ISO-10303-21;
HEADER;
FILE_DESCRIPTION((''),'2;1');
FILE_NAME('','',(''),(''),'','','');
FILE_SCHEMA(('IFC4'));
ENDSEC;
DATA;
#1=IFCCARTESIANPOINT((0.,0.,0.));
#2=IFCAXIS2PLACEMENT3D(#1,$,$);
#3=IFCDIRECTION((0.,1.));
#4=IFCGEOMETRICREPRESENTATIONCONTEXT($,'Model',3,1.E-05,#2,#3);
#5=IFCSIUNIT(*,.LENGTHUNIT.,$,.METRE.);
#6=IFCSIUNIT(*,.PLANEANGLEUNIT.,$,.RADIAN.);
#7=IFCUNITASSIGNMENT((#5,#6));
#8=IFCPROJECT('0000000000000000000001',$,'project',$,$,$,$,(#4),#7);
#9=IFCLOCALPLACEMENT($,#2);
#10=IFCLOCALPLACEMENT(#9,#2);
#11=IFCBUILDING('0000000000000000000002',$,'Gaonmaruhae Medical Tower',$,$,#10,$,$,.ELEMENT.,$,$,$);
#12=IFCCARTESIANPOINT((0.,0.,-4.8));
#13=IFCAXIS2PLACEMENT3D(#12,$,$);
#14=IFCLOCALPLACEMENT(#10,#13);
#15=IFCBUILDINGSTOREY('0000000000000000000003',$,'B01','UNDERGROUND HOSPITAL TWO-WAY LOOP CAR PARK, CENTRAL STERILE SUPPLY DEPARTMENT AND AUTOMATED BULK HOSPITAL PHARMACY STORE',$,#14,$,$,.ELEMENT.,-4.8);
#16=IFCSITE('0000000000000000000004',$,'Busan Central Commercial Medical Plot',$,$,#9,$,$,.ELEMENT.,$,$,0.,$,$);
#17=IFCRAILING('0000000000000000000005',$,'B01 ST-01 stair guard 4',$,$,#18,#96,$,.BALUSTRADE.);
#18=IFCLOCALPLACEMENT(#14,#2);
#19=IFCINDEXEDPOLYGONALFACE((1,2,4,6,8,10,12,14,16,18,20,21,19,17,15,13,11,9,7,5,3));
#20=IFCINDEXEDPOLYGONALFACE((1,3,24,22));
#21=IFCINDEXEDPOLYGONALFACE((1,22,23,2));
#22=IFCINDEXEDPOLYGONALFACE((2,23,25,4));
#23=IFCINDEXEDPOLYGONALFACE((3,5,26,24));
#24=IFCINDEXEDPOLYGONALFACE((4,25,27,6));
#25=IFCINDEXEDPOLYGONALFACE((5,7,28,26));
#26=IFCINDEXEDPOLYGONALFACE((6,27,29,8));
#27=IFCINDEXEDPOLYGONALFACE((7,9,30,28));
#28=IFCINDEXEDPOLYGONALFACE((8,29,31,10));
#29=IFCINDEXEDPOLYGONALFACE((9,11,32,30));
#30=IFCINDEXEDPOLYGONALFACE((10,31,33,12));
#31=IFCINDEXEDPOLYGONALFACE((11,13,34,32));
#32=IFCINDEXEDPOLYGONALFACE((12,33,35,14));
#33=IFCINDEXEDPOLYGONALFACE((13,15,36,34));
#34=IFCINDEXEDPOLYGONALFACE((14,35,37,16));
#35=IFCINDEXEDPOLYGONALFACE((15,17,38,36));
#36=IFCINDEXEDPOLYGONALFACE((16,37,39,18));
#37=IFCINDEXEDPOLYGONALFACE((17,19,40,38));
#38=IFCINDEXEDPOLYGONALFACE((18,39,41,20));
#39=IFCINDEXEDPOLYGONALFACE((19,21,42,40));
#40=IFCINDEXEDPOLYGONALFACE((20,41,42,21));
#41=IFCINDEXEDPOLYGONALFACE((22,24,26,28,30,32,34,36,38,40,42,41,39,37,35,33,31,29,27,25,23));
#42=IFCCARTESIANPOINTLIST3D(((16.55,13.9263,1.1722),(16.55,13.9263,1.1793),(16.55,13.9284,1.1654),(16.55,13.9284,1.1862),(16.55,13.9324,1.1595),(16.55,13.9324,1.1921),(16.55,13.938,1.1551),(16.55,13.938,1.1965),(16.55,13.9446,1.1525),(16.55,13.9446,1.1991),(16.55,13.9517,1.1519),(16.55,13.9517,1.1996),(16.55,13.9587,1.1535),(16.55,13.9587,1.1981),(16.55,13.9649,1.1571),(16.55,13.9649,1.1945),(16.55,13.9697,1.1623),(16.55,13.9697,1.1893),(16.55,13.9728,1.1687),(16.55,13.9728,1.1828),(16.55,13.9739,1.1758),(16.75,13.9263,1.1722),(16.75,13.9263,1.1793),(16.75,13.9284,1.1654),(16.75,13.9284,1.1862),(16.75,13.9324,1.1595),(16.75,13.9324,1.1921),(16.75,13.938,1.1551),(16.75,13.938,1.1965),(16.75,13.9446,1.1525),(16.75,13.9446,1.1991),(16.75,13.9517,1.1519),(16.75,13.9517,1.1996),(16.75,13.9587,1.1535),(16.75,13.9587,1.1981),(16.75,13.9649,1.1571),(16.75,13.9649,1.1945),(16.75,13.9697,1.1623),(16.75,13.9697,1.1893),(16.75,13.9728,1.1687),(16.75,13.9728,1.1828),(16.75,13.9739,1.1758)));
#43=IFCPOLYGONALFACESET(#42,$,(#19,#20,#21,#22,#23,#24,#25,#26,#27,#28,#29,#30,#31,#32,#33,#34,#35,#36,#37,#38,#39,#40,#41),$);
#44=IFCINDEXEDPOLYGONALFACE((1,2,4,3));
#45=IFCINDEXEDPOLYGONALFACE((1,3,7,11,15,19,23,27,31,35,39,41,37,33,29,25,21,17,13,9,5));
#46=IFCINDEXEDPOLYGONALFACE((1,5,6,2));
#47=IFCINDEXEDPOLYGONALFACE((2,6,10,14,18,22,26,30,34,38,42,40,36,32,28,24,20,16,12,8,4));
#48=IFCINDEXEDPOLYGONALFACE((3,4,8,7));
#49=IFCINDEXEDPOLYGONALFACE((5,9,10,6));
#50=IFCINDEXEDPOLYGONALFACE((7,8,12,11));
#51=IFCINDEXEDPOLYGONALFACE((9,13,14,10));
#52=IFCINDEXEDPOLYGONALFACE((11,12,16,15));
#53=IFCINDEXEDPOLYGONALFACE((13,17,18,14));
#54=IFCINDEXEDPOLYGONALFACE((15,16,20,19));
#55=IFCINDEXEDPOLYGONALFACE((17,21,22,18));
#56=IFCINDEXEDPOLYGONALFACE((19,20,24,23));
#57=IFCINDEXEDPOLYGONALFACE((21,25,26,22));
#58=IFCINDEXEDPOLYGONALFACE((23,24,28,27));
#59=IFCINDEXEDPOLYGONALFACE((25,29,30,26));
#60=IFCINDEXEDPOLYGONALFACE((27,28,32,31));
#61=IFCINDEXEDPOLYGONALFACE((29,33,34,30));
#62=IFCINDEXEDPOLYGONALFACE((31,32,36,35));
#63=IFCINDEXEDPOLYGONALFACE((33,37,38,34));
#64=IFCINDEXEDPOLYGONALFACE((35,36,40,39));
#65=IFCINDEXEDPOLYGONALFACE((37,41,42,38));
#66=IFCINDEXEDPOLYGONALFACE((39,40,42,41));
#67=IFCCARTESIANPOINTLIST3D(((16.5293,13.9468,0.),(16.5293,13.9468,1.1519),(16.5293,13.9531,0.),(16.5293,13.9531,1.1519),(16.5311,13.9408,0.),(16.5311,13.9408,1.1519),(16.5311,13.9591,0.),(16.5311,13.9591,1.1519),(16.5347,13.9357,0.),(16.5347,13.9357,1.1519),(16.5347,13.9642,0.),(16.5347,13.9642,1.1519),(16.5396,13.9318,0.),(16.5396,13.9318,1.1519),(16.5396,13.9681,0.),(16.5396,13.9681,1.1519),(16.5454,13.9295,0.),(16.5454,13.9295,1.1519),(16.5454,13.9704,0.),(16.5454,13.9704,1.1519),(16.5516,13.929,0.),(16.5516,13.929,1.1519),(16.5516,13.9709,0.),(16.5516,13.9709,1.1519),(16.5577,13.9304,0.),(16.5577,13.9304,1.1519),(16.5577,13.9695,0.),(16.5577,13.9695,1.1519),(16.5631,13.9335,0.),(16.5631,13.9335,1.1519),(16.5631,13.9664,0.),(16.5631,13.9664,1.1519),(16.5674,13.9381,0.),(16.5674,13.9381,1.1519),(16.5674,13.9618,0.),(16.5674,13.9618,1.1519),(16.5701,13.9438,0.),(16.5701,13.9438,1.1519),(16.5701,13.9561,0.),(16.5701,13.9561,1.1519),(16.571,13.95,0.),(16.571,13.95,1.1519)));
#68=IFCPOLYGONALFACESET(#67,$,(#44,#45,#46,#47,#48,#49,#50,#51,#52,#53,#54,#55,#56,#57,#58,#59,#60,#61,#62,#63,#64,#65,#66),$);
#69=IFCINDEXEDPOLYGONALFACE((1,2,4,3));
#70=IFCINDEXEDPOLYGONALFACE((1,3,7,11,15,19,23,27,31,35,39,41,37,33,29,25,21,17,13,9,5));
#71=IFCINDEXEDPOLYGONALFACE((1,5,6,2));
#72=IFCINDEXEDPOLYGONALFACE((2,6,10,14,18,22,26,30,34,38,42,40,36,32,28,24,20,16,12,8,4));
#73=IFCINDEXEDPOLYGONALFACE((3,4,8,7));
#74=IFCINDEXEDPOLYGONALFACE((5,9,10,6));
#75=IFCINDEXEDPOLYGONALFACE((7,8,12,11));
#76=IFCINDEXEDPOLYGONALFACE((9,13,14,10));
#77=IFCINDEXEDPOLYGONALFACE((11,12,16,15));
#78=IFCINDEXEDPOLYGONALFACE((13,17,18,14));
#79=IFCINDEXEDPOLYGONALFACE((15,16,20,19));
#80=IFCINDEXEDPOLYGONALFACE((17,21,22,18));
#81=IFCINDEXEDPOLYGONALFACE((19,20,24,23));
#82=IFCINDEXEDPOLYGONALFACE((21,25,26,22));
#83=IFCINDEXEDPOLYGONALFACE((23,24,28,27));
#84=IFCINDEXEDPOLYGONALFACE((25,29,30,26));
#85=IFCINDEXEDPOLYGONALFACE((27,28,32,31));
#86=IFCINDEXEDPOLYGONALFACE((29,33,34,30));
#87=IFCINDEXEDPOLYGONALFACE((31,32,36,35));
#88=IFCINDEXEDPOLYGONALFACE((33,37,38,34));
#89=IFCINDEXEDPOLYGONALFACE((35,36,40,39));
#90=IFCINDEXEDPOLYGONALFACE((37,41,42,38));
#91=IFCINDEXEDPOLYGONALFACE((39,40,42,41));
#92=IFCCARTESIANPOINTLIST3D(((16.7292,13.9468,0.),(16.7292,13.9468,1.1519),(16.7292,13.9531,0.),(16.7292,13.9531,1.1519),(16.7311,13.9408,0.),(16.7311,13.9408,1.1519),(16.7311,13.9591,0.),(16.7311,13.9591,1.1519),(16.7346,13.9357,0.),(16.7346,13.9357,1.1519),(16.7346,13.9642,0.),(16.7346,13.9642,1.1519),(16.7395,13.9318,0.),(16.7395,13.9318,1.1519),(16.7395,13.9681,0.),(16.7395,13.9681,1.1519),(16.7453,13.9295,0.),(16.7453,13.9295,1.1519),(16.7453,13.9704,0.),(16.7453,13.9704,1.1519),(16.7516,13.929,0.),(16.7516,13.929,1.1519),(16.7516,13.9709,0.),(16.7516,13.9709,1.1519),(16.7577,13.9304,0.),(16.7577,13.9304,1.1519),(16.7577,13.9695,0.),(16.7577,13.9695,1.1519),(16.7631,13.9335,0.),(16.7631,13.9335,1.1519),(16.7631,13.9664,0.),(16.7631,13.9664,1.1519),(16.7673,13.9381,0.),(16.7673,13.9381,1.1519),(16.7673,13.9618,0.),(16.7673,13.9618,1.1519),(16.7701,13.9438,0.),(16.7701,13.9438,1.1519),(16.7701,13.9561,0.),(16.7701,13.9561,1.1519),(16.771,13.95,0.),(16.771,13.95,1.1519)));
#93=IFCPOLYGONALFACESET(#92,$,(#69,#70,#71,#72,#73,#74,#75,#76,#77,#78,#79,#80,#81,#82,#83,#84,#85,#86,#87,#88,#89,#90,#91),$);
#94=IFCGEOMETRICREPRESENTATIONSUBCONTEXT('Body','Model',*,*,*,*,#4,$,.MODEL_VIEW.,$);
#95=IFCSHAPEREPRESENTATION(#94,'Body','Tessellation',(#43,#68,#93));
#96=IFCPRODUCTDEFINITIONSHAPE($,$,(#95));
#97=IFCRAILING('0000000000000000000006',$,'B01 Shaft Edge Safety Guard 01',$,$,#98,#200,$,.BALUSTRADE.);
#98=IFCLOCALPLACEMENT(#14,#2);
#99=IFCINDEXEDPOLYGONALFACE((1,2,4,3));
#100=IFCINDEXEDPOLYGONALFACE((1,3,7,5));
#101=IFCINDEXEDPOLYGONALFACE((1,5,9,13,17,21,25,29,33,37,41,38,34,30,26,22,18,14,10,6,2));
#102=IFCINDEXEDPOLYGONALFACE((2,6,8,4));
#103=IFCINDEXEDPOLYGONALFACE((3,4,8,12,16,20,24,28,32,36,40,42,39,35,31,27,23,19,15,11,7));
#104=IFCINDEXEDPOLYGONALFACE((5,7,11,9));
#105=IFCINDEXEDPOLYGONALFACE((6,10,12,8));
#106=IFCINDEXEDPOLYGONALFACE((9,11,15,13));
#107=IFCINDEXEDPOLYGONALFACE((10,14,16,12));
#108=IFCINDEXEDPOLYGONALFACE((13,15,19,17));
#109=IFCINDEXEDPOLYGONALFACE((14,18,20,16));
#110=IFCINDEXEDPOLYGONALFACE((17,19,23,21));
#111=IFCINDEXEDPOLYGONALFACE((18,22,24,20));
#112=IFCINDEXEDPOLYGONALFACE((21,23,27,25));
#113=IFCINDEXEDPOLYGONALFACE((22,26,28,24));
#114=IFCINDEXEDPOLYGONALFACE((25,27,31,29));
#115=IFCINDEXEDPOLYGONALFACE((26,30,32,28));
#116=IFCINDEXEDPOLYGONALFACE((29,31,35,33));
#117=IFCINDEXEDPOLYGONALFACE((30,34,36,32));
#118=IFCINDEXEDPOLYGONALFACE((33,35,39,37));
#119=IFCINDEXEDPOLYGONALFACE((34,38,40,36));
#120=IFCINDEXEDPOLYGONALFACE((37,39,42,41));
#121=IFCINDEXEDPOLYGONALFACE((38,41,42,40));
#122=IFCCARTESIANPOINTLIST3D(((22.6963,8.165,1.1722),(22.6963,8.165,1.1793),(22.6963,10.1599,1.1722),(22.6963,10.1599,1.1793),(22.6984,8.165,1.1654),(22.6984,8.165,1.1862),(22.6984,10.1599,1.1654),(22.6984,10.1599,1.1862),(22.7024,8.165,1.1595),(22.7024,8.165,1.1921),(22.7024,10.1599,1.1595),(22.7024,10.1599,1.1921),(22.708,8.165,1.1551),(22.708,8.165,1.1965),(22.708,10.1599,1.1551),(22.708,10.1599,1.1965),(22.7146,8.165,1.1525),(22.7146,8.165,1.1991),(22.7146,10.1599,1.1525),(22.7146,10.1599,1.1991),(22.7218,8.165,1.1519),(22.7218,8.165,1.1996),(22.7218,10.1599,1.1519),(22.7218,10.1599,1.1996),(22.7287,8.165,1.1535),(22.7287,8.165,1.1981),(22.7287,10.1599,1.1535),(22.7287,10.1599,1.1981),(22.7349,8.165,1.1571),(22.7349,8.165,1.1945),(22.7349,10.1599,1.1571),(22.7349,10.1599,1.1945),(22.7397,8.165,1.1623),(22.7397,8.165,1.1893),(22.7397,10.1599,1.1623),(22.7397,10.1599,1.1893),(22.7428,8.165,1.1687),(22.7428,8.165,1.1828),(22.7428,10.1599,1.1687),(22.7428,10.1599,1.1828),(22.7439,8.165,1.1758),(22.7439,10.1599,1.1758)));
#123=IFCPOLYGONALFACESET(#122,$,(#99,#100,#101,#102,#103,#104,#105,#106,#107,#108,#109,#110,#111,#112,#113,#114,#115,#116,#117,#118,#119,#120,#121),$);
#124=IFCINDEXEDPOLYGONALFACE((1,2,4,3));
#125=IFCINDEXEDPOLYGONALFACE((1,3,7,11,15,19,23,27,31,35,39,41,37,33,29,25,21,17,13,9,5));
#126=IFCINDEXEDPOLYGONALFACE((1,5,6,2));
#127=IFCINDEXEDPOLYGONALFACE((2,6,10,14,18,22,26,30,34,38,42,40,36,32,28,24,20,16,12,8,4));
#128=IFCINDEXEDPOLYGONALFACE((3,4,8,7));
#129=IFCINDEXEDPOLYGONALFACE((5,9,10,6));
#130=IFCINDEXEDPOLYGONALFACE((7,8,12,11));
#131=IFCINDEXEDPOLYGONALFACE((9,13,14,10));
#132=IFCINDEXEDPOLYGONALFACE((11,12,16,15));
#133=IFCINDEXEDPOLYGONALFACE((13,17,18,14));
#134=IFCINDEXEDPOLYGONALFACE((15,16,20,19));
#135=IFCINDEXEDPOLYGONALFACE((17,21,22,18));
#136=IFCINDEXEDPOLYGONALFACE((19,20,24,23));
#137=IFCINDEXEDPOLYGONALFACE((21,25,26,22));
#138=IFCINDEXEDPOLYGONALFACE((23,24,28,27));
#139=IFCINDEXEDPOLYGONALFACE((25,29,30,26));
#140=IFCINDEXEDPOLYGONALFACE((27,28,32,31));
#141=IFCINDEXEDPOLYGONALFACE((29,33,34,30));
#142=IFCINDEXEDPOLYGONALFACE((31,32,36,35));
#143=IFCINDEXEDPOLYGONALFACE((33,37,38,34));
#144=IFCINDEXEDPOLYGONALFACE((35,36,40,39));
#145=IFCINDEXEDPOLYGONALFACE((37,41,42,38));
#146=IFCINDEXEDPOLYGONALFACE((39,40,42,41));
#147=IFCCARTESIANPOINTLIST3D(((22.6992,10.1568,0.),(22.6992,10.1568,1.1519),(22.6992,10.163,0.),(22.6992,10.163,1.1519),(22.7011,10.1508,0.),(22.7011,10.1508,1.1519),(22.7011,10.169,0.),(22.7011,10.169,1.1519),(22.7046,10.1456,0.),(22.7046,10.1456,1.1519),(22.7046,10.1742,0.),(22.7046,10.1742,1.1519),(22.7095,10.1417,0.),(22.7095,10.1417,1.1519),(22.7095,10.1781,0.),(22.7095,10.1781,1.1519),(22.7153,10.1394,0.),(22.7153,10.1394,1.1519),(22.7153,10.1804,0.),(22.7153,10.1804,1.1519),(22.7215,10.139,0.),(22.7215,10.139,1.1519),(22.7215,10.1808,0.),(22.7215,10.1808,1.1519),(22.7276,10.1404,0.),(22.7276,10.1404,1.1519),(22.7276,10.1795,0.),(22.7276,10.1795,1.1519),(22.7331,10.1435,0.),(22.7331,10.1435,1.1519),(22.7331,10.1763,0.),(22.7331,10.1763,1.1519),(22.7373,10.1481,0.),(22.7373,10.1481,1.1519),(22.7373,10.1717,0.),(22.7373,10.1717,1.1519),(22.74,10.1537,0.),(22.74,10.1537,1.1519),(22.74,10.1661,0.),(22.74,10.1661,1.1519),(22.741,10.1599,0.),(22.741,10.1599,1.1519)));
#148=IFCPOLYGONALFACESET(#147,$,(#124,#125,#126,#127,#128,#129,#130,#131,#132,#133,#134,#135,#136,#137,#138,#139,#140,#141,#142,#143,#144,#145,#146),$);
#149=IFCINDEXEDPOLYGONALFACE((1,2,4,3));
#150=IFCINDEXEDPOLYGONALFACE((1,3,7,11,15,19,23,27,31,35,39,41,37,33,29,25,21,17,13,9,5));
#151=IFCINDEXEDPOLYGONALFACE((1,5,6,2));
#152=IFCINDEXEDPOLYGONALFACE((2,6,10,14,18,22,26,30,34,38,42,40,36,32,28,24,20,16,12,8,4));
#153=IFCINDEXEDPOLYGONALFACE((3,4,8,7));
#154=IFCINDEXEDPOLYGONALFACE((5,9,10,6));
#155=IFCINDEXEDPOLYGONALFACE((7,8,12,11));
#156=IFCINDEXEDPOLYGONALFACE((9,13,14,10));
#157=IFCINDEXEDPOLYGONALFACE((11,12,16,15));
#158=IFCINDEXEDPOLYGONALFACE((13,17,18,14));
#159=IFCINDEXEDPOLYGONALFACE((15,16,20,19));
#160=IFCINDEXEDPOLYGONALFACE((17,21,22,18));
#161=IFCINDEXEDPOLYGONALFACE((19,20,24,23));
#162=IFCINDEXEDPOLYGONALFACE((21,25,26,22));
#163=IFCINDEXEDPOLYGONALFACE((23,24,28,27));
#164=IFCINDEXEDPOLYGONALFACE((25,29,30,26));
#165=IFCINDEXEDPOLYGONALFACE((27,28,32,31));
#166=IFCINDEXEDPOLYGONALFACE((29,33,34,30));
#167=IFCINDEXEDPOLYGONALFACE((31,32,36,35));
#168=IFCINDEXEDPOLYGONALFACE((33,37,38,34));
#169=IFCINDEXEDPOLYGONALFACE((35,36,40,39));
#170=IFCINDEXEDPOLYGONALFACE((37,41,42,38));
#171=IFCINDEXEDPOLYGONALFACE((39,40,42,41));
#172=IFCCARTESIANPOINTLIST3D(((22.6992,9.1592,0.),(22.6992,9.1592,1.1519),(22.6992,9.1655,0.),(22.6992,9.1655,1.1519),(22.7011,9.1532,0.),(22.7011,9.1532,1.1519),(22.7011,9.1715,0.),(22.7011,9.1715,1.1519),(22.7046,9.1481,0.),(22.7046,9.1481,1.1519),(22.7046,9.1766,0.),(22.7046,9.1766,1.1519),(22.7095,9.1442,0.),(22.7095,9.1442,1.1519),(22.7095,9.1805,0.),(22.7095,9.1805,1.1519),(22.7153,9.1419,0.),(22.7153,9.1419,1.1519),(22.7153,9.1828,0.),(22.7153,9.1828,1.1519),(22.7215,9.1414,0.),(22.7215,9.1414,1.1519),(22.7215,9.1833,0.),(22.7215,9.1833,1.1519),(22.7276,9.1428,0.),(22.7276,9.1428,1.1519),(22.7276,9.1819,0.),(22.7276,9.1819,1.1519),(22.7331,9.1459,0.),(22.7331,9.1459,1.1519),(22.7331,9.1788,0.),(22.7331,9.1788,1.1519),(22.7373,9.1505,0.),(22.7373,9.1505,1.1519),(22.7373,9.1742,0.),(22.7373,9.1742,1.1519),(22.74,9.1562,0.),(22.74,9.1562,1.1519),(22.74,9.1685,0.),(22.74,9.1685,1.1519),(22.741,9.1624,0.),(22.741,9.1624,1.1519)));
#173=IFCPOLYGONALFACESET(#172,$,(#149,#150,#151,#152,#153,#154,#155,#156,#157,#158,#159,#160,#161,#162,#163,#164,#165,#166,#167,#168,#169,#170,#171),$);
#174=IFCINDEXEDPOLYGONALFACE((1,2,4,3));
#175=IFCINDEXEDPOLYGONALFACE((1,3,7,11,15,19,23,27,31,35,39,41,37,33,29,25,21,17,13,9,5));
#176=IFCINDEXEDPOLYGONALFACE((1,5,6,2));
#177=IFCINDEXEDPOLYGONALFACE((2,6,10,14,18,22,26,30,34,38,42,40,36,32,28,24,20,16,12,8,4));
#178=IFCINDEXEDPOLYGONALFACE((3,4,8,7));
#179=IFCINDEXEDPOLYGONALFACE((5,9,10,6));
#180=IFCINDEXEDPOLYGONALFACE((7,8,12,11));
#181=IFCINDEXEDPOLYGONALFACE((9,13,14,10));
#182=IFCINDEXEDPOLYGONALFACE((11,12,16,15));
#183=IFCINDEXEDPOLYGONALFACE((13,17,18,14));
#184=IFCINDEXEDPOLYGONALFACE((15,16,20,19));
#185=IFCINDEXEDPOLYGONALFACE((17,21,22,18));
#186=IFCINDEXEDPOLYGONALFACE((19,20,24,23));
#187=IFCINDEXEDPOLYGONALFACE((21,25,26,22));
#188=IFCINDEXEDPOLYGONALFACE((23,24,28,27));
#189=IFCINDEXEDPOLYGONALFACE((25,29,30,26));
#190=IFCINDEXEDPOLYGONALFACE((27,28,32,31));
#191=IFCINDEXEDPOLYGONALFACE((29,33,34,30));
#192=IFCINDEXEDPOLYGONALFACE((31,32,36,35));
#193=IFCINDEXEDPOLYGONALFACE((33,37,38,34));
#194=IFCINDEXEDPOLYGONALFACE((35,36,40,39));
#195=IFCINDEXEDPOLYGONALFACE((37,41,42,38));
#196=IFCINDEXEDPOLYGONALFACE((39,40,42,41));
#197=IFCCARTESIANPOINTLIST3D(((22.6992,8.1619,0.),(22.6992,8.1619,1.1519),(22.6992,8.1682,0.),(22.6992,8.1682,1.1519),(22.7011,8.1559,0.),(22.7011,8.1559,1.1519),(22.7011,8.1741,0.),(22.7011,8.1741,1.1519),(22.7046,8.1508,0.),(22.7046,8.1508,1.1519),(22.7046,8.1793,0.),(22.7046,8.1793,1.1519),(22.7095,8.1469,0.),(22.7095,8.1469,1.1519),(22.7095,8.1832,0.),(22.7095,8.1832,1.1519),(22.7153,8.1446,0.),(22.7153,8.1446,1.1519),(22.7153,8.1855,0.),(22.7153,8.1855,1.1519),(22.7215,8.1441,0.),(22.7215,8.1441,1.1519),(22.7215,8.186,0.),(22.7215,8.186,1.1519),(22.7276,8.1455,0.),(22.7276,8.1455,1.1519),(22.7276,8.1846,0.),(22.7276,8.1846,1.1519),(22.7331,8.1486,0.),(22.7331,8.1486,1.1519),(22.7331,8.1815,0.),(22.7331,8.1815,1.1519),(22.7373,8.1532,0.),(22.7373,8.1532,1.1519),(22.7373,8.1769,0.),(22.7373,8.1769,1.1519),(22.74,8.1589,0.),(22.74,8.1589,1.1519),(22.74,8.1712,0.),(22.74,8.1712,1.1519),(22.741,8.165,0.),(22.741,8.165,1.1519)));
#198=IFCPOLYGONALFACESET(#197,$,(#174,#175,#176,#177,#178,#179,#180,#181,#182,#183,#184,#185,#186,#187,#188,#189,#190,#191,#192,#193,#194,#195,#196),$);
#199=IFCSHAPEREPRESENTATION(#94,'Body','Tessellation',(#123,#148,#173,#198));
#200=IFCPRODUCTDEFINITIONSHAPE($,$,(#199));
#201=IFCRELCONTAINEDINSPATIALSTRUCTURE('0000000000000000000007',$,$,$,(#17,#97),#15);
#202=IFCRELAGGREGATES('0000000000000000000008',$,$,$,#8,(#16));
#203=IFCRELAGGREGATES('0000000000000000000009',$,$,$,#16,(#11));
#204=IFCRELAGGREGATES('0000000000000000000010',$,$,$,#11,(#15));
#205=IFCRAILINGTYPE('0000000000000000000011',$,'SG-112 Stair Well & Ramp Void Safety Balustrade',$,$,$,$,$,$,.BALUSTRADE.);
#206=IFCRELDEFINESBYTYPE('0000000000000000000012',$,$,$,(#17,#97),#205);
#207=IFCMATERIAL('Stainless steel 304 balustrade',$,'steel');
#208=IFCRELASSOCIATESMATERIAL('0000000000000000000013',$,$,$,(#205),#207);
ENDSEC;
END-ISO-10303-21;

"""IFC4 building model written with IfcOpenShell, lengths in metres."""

from ifc_helpers import new_model, si_unit, direction, frame, origin, origin_2d, place, context, subcontext, project, spatial, circle, extrude, material, type_object, element, save


model = new_model("IFC4")

# Units and contexts
model_context = context("Model", 3, precision=1e-05, world=origin(), true_north=direction((0.0, 1.0)))
body_context = subcontext(model_context, "Body", "Model", "MODEL_VIEW")
ifc_project = project(units=[si_unit("LENGTHUNIT", "METRE"), si_unit("PLANEANGLEUNIT", "RADIAN")], contexts=[model_context])

# Site, building, storey
site_placement = place(None, origin())
site = spatial("IfcSite", under=ifc_project, at=site_placement, Name="Busan Central Commercial Medical Plot", CompositionType="ELEMENT", RefElevation=0.0)
building_placement = place(site_placement, origin())
building = spatial("IfcBuilding", under=site, at=building_placement, Name="Gaonmaruhae Medical Tower", CompositionType="ELEMENT")
storey_placement = place(building_placement, frame((0.0, 0.0, -4.8)))
storey = spatial("IfcBuildingStorey", under=building, at=storey_placement, Name="B01", Description="UNDERGROUND HOSPITAL TWO-WAY LOOP CAR PARK, CENTRAL STERILE SUPPLY DEPARTMENT AND AUTOMATED BULK HOSPITAL PHARMACY STORE", CompositionType="ELEMENT", Elevation=-4.8)

# Railings
ifc_material_1 = material(Name="Stainless steel 304 balustrade", Category="steel")
railing_type_1 = type_object("IfcRailingType", Name="SG-112 Stair Well & Ramp Void Safety Balustrade", PredefinedType="BALUSTRADE", material=ifc_material_1)
railing_1_placement = place(storey_placement, frame((16.55, 13.95, 0.0)))
element("IfcRailing", 1, at=railing_1_placement, inside=storey, type_object=railing_type_1, Name="B01 ST-01 stair guard 4", PredefinedType="BALUSTRADE", context=body_context, shape_type="SweptSolid", body=[
    extrude(circle(Radius=0.0239, at=origin_2d()), frame((0.0, 0.0, 1.1758), z_axis=(1.0, 0.0, 0.0), x_axis=(0.0, 1.0, 0.0)), (0.0, 0.0, 1.0), 0.2),
    extrude(circle(Radius=0.021, at=origin_2d()), origin(), (0.0, 0.0, 1.0), 1.1519),
    extrude(circle(Radius=0.021, at=origin_2d()), frame((0.2, 0.0, 0.0)), (0.0, 0.0, 1.0), 1.1519),
])
railing_2_placement = place(storey_placement, frame((22.72, 10.1599, 0.0)))
element("IfcRailing", 2, at=railing_2_placement, inside=storey, type_object=railing_type_1, Name="B01 Shaft Edge Safety Guard 01", PredefinedType="BALUSTRADE", context=body_context, shape_type="SweptSolid", body=[
    extrude(circle(Radius=0.0239, at=origin_2d()), frame((0.0, 0.0, 1.1758), z_axis=(0.0, -1.0, 0.0), x_axis=(1.0, 0.0, 0.0)), (0.0, 0.0, 1.0), 1.9949),
    extrude(circle(Radius=0.021, at=origin_2d()), origin(), (0.0, 0.0, 1.0), 1.1519),
    extrude(circle(Radius=0.021, at=origin_2d()), frame((0.0, -0.9976, 0.0)), (0.0, 0.0, 1.0), 1.1519),
    extrude(circle(Radius=0.021, at=origin_2d()), frame((0.0, -1.9949, 0.0)), (0.0, 0.0, 1.0), 1.1519),
])

save(model, "model.ifc")
